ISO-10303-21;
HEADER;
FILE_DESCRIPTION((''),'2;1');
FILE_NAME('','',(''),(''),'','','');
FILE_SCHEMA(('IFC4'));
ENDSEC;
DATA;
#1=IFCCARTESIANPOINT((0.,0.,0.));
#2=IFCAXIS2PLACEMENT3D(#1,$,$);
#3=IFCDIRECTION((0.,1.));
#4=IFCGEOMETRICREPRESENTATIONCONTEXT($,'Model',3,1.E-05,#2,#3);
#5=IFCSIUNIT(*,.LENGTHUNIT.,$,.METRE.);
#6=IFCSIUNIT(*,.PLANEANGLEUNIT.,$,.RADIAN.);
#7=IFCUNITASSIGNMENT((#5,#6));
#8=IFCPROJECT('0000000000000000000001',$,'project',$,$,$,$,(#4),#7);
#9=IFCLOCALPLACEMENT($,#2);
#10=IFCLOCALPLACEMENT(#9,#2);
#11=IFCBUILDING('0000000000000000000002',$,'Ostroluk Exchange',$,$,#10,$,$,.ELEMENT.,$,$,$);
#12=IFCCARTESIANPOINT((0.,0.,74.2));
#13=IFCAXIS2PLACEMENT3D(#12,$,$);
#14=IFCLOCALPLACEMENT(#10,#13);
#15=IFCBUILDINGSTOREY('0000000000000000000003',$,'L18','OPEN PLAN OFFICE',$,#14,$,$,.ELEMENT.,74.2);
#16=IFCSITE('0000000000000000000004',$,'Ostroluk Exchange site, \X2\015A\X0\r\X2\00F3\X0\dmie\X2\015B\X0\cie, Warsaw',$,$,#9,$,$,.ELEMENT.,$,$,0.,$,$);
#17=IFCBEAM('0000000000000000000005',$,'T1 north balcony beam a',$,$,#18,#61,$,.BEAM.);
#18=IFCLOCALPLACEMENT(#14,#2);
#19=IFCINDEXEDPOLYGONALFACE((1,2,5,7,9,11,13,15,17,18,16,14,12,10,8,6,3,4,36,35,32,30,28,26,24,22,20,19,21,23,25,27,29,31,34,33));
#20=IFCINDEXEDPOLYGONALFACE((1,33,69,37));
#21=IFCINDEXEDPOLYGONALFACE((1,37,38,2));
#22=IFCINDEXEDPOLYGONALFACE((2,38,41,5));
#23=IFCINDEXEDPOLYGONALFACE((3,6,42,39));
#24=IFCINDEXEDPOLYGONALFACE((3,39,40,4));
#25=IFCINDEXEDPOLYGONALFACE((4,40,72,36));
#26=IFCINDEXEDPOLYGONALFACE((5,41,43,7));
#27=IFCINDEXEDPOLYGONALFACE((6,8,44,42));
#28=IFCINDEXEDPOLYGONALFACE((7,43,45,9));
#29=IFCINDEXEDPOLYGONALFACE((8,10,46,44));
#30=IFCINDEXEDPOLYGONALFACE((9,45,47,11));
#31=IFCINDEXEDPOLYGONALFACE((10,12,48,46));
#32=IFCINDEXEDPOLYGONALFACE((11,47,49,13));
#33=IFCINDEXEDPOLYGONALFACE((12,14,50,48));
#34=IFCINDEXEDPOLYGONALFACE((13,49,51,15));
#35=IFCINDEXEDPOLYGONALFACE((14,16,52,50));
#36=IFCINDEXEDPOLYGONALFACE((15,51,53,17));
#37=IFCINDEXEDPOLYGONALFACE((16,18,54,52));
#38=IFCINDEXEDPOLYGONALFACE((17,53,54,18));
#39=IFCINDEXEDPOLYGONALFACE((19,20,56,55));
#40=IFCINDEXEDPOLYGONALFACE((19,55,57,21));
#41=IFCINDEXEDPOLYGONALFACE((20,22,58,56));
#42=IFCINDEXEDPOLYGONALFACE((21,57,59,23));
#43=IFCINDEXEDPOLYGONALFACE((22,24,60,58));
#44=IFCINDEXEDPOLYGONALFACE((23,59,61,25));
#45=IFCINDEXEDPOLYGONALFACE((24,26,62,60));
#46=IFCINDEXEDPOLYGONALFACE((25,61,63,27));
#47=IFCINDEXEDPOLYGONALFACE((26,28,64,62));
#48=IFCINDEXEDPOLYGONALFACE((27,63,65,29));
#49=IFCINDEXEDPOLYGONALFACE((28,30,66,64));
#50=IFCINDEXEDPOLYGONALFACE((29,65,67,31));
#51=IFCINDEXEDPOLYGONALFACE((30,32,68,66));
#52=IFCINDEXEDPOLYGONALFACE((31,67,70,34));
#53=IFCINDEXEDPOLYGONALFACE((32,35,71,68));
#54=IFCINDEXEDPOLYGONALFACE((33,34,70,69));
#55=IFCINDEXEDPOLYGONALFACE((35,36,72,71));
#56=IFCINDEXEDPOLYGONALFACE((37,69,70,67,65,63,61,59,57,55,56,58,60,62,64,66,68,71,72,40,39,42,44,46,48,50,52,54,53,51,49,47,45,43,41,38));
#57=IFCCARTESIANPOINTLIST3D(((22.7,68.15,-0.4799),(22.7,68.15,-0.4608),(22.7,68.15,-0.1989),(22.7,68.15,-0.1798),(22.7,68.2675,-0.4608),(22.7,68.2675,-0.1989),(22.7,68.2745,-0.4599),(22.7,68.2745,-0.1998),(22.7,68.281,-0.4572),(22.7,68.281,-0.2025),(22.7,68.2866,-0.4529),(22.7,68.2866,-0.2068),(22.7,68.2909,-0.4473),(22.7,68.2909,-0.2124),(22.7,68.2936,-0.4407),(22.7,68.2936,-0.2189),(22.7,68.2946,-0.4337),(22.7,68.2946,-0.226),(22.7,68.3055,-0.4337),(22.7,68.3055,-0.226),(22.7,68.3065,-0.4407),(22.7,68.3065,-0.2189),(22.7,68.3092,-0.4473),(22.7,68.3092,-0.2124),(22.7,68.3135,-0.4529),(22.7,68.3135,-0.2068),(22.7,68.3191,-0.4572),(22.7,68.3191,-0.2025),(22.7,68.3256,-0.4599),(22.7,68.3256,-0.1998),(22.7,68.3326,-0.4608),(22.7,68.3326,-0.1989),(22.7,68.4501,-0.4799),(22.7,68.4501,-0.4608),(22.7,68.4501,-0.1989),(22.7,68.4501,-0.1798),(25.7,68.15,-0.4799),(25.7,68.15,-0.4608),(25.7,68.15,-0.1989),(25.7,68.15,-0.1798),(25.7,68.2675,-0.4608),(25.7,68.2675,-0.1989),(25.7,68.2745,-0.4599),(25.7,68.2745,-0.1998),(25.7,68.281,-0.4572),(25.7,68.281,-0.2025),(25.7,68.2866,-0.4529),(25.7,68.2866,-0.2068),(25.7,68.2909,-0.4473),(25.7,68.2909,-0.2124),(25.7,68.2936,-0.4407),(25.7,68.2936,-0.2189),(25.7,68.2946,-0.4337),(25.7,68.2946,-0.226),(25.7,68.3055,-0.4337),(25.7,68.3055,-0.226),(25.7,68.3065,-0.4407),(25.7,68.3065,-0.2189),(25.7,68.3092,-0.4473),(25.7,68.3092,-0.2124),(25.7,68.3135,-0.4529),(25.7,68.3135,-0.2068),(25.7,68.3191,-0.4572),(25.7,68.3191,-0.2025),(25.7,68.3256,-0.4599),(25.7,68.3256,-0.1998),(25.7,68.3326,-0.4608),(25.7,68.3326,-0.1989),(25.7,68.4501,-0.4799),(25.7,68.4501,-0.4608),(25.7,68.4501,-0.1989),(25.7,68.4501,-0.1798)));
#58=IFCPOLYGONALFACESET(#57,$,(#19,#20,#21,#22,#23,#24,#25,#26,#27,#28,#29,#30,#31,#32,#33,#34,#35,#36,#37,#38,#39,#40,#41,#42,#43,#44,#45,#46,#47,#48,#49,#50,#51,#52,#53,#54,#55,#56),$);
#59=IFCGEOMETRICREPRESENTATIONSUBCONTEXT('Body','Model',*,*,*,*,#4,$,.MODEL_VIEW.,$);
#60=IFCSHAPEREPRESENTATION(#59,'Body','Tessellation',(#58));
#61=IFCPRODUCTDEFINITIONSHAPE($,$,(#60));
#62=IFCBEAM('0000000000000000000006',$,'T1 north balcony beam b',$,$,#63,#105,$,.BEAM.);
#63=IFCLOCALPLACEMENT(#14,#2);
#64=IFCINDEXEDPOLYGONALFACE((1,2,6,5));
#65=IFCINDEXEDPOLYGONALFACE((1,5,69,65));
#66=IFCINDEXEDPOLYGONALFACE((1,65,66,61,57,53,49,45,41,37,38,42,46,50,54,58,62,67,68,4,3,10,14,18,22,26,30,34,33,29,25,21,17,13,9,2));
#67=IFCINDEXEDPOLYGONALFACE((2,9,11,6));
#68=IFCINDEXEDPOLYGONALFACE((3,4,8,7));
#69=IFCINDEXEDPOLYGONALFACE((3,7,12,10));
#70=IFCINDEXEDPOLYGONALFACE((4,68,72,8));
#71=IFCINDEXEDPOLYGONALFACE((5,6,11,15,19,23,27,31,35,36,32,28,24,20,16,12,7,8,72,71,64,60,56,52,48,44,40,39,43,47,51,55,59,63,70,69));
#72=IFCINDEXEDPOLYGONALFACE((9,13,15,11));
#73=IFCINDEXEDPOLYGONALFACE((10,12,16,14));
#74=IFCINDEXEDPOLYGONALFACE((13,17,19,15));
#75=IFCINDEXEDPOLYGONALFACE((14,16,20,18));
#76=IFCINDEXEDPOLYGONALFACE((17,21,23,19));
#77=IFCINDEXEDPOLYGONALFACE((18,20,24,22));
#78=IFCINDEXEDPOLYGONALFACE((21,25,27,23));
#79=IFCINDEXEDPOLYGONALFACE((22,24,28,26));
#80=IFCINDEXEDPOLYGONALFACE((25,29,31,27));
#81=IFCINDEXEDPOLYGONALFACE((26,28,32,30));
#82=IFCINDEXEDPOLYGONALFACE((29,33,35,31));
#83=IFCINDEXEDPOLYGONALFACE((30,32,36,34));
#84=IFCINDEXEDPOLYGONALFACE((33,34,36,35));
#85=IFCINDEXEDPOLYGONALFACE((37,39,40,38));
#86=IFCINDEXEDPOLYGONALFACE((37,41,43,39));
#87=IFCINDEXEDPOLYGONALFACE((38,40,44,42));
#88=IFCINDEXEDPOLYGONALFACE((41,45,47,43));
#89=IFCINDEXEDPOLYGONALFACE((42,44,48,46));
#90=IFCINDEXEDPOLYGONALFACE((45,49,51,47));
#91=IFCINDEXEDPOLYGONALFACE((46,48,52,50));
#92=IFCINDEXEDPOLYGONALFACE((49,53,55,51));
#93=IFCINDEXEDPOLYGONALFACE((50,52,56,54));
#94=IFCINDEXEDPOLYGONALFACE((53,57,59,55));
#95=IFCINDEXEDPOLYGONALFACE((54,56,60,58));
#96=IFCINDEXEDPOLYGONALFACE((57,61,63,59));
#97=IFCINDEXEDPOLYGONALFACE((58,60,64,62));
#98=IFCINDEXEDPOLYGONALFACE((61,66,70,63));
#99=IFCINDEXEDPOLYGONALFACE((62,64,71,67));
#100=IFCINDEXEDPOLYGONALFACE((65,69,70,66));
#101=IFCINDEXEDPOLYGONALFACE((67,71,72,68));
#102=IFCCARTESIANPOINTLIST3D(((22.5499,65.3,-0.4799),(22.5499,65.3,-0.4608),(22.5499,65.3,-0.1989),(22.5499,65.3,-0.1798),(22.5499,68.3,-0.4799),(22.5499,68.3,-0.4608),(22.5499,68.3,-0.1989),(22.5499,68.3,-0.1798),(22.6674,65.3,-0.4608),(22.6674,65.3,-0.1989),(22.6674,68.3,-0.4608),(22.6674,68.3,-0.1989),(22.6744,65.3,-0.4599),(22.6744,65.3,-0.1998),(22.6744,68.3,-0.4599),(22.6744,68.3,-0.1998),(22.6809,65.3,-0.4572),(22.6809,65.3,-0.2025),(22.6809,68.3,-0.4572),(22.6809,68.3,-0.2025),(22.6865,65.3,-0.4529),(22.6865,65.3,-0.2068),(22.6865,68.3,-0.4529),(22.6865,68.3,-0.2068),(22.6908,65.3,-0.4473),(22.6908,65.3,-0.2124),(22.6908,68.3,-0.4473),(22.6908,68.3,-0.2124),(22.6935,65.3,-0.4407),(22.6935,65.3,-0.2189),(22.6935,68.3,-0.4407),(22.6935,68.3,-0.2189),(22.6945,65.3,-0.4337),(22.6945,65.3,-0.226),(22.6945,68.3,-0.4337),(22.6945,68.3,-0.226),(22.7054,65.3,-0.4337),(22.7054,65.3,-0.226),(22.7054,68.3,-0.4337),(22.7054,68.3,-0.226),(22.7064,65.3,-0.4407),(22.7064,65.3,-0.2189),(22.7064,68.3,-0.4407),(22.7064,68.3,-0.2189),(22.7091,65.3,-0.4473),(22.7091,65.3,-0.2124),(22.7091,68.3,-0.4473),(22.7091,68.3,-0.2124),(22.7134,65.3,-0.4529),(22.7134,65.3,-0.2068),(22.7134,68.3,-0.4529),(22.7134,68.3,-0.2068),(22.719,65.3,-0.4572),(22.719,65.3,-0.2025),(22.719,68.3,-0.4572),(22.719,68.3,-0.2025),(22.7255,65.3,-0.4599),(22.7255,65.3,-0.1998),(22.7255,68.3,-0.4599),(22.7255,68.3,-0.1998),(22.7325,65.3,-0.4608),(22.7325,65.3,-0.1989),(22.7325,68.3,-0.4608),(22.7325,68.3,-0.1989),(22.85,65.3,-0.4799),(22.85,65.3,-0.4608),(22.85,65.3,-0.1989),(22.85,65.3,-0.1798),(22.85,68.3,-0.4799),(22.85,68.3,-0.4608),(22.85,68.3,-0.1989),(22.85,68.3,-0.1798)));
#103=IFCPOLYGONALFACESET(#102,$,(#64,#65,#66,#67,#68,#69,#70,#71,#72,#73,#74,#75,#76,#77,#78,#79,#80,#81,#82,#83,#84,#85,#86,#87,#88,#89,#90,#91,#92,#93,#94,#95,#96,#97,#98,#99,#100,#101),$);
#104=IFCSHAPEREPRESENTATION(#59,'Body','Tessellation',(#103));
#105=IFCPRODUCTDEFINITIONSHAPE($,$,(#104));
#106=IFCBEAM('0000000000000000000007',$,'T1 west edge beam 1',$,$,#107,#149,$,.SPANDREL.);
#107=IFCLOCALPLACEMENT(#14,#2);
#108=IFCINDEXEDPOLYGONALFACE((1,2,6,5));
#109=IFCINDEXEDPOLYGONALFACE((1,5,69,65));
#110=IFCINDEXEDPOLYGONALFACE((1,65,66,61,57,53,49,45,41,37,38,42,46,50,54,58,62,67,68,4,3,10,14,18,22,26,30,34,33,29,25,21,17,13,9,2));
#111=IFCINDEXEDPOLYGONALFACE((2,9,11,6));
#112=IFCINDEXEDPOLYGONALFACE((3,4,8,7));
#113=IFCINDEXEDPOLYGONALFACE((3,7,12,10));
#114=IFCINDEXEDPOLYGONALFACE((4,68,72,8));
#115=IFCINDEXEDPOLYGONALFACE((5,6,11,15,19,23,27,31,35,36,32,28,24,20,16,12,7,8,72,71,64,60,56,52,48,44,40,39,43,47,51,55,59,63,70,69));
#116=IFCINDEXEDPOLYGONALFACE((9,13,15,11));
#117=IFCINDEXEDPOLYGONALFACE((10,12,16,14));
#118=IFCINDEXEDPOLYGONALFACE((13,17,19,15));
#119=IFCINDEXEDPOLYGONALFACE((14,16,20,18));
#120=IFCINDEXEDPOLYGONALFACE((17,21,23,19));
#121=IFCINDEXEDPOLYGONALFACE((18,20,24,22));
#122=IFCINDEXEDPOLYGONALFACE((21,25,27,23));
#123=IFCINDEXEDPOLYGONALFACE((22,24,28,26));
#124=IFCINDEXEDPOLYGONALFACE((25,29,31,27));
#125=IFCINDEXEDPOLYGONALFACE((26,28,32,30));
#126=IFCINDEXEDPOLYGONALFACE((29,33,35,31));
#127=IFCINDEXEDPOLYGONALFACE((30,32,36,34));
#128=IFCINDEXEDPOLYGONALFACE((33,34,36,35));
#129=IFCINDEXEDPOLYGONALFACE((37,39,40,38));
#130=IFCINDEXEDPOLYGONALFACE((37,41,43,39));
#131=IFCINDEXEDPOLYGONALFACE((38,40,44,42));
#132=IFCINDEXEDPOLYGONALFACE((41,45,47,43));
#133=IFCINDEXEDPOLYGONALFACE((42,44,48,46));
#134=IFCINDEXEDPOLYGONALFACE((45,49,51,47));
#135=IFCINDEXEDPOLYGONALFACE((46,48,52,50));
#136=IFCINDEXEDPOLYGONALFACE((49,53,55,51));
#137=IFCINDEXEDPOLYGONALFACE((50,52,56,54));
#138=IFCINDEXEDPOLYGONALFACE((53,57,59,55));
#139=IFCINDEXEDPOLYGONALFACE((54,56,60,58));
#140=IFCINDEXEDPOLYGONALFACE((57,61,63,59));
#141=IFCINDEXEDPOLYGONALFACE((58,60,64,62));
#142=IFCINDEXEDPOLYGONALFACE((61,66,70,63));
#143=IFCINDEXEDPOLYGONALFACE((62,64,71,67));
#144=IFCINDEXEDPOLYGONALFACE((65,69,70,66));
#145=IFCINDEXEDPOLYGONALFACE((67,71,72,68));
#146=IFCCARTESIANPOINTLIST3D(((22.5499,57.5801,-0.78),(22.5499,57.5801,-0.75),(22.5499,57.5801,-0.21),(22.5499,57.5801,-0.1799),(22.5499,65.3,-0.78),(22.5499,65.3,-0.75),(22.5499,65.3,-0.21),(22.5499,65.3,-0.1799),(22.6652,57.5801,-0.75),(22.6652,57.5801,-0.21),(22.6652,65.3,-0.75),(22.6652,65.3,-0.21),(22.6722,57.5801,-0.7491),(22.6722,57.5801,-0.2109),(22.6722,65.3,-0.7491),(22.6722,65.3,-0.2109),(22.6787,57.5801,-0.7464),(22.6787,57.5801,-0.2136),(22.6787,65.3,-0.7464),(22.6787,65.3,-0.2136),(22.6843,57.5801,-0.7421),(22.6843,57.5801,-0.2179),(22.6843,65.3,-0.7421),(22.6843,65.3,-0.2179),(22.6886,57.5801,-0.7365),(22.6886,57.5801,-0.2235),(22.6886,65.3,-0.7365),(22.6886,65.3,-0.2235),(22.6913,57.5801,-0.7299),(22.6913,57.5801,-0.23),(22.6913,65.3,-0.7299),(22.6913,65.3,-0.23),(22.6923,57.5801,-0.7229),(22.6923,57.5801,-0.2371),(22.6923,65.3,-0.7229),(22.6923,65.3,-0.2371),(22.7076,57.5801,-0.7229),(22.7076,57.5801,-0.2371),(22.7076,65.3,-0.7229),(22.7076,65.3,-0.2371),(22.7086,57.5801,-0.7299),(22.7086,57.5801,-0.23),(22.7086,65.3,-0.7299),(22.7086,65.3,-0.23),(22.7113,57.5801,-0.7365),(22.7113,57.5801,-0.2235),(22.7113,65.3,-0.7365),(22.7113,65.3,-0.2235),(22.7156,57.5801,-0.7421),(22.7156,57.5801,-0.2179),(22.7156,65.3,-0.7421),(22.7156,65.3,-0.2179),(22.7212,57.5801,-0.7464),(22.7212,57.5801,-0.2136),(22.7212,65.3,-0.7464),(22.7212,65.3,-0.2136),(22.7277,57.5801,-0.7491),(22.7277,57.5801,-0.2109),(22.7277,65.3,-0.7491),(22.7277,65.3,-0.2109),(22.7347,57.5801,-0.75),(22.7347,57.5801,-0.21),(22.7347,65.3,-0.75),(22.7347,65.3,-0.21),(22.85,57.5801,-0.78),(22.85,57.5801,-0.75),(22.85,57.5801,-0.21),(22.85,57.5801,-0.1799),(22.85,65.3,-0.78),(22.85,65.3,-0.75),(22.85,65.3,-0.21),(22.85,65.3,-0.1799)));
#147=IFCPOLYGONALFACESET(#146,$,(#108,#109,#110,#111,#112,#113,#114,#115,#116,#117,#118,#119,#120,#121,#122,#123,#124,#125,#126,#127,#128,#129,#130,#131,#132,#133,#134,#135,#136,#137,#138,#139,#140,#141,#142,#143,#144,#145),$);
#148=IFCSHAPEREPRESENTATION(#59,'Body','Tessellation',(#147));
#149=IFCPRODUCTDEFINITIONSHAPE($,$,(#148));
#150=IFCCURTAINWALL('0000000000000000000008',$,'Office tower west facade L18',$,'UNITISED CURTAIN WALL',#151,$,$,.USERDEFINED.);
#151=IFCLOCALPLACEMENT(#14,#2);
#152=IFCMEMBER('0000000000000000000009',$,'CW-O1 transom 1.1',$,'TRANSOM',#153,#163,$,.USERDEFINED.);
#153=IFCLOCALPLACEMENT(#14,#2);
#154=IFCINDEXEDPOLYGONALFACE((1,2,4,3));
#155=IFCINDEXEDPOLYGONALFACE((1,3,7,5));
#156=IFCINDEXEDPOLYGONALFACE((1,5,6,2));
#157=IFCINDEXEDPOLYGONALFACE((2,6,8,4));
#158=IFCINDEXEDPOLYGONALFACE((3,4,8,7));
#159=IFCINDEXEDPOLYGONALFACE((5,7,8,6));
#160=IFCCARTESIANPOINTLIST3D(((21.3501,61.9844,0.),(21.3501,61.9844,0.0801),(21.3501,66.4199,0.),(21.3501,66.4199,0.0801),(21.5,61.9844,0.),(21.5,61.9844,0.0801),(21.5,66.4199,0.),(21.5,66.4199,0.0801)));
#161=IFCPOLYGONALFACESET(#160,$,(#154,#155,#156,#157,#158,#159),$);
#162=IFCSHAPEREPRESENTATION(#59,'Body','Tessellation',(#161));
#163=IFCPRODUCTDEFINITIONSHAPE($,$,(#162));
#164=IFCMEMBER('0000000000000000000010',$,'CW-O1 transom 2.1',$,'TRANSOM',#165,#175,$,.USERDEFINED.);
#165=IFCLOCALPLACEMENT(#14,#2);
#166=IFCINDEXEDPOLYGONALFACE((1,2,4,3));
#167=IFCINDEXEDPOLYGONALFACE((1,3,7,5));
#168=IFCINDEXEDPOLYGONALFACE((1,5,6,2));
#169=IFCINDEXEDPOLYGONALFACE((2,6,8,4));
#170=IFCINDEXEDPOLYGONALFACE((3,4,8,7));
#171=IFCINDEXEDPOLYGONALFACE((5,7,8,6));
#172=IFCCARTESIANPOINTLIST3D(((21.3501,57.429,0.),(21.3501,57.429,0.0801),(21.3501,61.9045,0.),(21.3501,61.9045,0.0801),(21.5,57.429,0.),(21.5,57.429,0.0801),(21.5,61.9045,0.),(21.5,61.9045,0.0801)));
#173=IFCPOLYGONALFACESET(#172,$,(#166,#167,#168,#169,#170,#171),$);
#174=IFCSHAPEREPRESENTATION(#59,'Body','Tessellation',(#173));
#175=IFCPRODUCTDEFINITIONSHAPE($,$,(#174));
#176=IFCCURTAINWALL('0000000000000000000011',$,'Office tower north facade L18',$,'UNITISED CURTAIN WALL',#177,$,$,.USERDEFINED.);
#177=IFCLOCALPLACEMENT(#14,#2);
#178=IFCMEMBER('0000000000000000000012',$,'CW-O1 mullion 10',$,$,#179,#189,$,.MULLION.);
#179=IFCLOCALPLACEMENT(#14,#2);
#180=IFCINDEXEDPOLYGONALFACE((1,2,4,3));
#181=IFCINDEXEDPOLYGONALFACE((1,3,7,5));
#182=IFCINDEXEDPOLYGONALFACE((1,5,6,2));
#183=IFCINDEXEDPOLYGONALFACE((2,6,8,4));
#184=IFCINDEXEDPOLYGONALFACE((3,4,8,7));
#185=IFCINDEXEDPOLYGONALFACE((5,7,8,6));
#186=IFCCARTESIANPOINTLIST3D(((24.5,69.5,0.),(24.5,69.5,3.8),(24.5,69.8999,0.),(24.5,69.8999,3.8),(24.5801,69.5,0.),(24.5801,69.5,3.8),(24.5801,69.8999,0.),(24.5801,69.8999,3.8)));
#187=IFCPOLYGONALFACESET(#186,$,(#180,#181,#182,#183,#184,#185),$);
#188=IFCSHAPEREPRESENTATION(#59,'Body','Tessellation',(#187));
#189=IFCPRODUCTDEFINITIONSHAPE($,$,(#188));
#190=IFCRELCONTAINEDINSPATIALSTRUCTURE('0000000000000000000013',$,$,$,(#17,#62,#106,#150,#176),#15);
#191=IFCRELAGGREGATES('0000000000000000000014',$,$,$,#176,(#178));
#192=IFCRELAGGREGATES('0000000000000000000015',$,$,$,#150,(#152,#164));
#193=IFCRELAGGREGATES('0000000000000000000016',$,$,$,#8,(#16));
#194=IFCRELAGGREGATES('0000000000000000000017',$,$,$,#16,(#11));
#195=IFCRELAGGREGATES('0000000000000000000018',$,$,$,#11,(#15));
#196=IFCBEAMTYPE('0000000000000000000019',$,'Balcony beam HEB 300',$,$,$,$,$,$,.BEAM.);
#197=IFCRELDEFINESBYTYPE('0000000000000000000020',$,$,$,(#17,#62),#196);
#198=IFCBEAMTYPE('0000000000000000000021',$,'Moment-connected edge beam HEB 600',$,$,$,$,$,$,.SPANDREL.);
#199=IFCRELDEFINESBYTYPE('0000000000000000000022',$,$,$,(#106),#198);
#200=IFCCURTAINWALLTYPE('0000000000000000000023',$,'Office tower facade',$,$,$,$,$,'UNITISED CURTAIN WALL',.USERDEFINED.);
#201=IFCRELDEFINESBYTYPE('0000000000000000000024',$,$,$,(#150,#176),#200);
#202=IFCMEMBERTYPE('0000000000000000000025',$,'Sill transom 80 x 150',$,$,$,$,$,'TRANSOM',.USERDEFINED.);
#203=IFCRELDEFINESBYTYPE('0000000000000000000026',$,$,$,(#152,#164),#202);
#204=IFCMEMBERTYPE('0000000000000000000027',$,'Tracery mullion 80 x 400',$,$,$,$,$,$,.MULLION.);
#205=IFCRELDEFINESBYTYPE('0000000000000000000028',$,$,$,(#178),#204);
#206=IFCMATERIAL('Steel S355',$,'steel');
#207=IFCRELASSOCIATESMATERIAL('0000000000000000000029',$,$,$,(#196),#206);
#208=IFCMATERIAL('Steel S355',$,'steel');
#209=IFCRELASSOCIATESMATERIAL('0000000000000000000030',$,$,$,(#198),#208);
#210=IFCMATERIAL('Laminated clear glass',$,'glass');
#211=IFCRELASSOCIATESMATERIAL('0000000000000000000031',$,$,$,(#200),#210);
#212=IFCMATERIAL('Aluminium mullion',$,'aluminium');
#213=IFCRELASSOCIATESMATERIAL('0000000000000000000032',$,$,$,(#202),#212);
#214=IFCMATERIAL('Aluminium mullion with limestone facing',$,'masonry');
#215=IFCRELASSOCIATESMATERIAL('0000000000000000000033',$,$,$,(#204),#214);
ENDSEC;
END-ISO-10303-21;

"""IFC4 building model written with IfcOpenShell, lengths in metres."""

from ifc_helpers import new_model, si_unit, direction, frame, origin, origin_2d, place, context, subcontext, project, spatial, rectangle, i_section, extrude, material, material_profile, profile_set, type_object, element, aggregate, save


model = new_model("IFC4")

# Units and contexts
model_context = context("Model", 3, precision=1e-05, world=origin(), true_north=direction((0.0, 1.0)))
body_context = subcontext(model_context, "Body", "Model", "MODEL_VIEW")
ifc_project = project(units=[si_unit("LENGTHUNIT", "METRE"), si_unit("PLANEANGLEUNIT", "RADIAN")], contexts=[model_context])

# Site, building, storey
site_placement = place(None, origin())
site = spatial("IfcSite", under=ifc_project, at=site_placement, Name="Ostroluk Exchange site, Śródmieście, Warsaw", CompositionType="ELEMENT", RefElevation=0.0)
building_placement = place(site_placement, origin())
building = spatial("IfcBuilding", under=site, at=building_placement, Name="Ostroluk Exchange", CompositionType="ELEMENT")
storey_placement = place(building_placement, frame((0.0, 0.0, 74.2)))
storey = spatial("IfcBuildingStorey", under=building, at=storey_placement, Name="L18", Description="OPEN PLAN OFFICE", CompositionType="ELEMENT", Elevation=74.2)

# Beams
ifc_material_1 = material(Name="Steel S355", Category="steel")
ifc_material_profile_1 = material_profile(ifc_material_1, i_section(OverallWidth=0.3, OverallDepth=0.3, WebThickness=0.011, FlangeThickness=0.019, FilletRadius=0.0271, at=origin_2d()), Name="HEB 300")
ifc_profile_set_1 = profile_set([ifc_material_profile_1], Name="Steel S355")
beam_type_1 = type_object("IfcBeamType", Name="Balcony beam HEB 300", PredefinedType="BEAM", material=ifc_profile_set_1)
for number, where, z_axis, x_axis, name in (
    (1, (25.7, 68.3, -0.3298), (-1.0, 0.0, 0.0), (0.0, -1.0, 0.0), "T1 north balcony beam a"),
    (2, (22.7, 65.3, -0.3298), (0.0, 1.0, 0.0), (-1.0, 0.0, 0.0), "T1 north balcony beam b"),
):
    element("IfcBeam", number, at=place(storey_placement, frame(where, z_axis=z_axis, x_axis=x_axis)), inside=storey, type_object=beam_type_1, Name=name, PredefinedType="BEAM", context=body_context, shape_type="SweptSolid", body=[
        extrude(i_section(OverallWidth=0.3, OverallDepth=0.3, WebThickness=0.011, FlangeThickness=0.019, FilletRadius=0.0271, at=origin_2d()), origin(), (0.0, 0.0, 1.0), 3.0),
    ])
ifc_material_2 = material(Name="Steel S355", Category="steel")
ifc_material_profile_2 = material_profile(ifc_material_2, i_section(OverallWidth=0.3, OverallDepth=0.6001, WebThickness=0.0154, FlangeThickness=0.03, FilletRadius=0.0271, at=origin_2d()), Name="HEB 600")
ifc_profile_set_2 = profile_set([ifc_material_profile_2], Name="Steel S355")
beam_type_2 = type_object("IfcBeamType", Name="Moment-connected edge beam HEB 600", PredefinedType="SPANDREL", material=ifc_profile_set_2)
beam_placement = place(storey_placement, frame((22.7, 65.3, -0.48), z_axis=(0.0, -1.0, 0.0), x_axis=(1.0, 0.0, 0.0)))
element("IfcBeam", 3, at=beam_placement, inside=storey, type_object=beam_type_2, Name="T1 west edge beam 1", PredefinedType="SPANDREL", context=body_context, shape_type="SweptSolid", body=[
    extrude(i_section(OverallWidth=0.3, OverallDepth=0.6001, WebThickness=0.0154, FlangeThickness=0.03, FilletRadius=0.0271, at=origin_2d()), origin(), (0.0, 0.0, 1.0), 7.72),
])

# Curtain wall, members
ifc_material_3 = material(Name="Laminated clear glass", Category="glass")
curtain_wall_type = type_object("IfcCurtainWallType", Name="Office tower facade", ElementType="UNITISED CURTAIN WALL", PredefinedType="USERDEFINED", material=ifc_material_3)
curtain_wall_1_placement = place(storey_placement, origin())
curtain_wall_1 = element("IfcCurtainWall", 4, at=curtain_wall_1_placement, inside=storey, type_object=curtain_wall_type, Name="Office tower west facade L18", ObjectType="UNITISED CURTAIN WALL", PredefinedType="USERDEFINED")
ifc_material_4 = material(Name="Aluminium mullion", Category="aluminium")
ifc_material_profile_3 = material_profile(ifc_material_4, rectangle(XDim=0.1499, YDim=0.0801, at=origin_2d()), Name="Sill transom 80 x 150")
ifc_profile_set_3 = profile_set([ifc_material_profile_3], Name="Aluminium mullion")
member_type_1 = type_object("IfcMemberType", Name="Sill transom 80 x 150", ElementType="TRANSOM", PredefinedType="USERDEFINED", material=ifc_profile_set_3)
member_1_placement = place(storey_placement, frame((21.425, 66.4199, 0.04), z_axis=(0.0, -1.0, 0.0), x_axis=(1.0, 0.0, 0.0)))
member_1 = element("IfcMember", 5, at=member_1_placement, type_object=member_type_1, Name="CW-O1 transom 1.1", ObjectType="TRANSOM", PredefinedType="USERDEFINED", context=body_context, shape_type="SweptSolid", body=[
    extrude(rectangle(XDim=0.1499, YDim=0.0801, at=origin_2d()), origin(), (0.0, 0.0, 1.0), 4.4355),
])
member_2_placement = place(storey_placement, frame((21.425, 61.9045, 0.04), z_axis=(0.0, -1.0, 0.0), x_axis=(1.0, 0.0, 0.0)))
member_2 = element("IfcMember", 6, at=member_2_placement, type_object=member_type_1, Name="CW-O1 transom 2.1", ObjectType="TRANSOM", PredefinedType="USERDEFINED", context=body_context, shape_type="SweptSolid", body=[
    extrude(rectangle(XDim=0.1499, YDim=0.0801, at=origin_2d()), origin(), (0.0, 0.0, 1.0), 4.4756),
])

# Curtain wall, member
curtain_wall_2_placement = place(storey_placement, origin())
curtain_wall_2 = element("IfcCurtainWall", 7, at=curtain_wall_2_placement, inside=storey, type_object=curtain_wall_type, Name="Office tower north facade L18", ObjectType="UNITISED CURTAIN WALL", PredefinedType="USERDEFINED")
ifc_material_5 = material(Name="Aluminium mullion with limestone facing", Category="masonry")
ifc_material_profile_4 = material_profile(ifc_material_5, rectangle(XDim=0.3999, YDim=0.0801, at=origin_2d()), Name="Tracery mullion 80 x 400")
ifc_profile_set_4 = profile_set([ifc_material_profile_4], Name="Aluminium mullion with limestone facing")
member_type_2 = type_object("IfcMemberType", Name="Tracery mullion 80 x 400", PredefinedType="MULLION", material=ifc_profile_set_4)
member_3_placement = place(storey_placement, frame((24.54, 69.7, 0.0), z_axis=(0.0, 0.0, 1.0), x_axis=(0.0, -1.0, 0.0)))
member_3 = element("IfcMember", 8, at=member_3_placement, type_object=member_type_2, Name="CW-O1 mullion 10", PredefinedType="MULLION", context=body_context, shape_type="SweptSolid", body=[
    extrude(rectangle(XDim=0.3999, YDim=0.0801, at=origin_2d()), origin(), (0.0, 0.0, 1.0), 3.8),
])

aggregate(curtain_wall_2, [member_3])
aggregate(curtain_wall_1, [member_1, member_2])

save(model, "model.ifc")
